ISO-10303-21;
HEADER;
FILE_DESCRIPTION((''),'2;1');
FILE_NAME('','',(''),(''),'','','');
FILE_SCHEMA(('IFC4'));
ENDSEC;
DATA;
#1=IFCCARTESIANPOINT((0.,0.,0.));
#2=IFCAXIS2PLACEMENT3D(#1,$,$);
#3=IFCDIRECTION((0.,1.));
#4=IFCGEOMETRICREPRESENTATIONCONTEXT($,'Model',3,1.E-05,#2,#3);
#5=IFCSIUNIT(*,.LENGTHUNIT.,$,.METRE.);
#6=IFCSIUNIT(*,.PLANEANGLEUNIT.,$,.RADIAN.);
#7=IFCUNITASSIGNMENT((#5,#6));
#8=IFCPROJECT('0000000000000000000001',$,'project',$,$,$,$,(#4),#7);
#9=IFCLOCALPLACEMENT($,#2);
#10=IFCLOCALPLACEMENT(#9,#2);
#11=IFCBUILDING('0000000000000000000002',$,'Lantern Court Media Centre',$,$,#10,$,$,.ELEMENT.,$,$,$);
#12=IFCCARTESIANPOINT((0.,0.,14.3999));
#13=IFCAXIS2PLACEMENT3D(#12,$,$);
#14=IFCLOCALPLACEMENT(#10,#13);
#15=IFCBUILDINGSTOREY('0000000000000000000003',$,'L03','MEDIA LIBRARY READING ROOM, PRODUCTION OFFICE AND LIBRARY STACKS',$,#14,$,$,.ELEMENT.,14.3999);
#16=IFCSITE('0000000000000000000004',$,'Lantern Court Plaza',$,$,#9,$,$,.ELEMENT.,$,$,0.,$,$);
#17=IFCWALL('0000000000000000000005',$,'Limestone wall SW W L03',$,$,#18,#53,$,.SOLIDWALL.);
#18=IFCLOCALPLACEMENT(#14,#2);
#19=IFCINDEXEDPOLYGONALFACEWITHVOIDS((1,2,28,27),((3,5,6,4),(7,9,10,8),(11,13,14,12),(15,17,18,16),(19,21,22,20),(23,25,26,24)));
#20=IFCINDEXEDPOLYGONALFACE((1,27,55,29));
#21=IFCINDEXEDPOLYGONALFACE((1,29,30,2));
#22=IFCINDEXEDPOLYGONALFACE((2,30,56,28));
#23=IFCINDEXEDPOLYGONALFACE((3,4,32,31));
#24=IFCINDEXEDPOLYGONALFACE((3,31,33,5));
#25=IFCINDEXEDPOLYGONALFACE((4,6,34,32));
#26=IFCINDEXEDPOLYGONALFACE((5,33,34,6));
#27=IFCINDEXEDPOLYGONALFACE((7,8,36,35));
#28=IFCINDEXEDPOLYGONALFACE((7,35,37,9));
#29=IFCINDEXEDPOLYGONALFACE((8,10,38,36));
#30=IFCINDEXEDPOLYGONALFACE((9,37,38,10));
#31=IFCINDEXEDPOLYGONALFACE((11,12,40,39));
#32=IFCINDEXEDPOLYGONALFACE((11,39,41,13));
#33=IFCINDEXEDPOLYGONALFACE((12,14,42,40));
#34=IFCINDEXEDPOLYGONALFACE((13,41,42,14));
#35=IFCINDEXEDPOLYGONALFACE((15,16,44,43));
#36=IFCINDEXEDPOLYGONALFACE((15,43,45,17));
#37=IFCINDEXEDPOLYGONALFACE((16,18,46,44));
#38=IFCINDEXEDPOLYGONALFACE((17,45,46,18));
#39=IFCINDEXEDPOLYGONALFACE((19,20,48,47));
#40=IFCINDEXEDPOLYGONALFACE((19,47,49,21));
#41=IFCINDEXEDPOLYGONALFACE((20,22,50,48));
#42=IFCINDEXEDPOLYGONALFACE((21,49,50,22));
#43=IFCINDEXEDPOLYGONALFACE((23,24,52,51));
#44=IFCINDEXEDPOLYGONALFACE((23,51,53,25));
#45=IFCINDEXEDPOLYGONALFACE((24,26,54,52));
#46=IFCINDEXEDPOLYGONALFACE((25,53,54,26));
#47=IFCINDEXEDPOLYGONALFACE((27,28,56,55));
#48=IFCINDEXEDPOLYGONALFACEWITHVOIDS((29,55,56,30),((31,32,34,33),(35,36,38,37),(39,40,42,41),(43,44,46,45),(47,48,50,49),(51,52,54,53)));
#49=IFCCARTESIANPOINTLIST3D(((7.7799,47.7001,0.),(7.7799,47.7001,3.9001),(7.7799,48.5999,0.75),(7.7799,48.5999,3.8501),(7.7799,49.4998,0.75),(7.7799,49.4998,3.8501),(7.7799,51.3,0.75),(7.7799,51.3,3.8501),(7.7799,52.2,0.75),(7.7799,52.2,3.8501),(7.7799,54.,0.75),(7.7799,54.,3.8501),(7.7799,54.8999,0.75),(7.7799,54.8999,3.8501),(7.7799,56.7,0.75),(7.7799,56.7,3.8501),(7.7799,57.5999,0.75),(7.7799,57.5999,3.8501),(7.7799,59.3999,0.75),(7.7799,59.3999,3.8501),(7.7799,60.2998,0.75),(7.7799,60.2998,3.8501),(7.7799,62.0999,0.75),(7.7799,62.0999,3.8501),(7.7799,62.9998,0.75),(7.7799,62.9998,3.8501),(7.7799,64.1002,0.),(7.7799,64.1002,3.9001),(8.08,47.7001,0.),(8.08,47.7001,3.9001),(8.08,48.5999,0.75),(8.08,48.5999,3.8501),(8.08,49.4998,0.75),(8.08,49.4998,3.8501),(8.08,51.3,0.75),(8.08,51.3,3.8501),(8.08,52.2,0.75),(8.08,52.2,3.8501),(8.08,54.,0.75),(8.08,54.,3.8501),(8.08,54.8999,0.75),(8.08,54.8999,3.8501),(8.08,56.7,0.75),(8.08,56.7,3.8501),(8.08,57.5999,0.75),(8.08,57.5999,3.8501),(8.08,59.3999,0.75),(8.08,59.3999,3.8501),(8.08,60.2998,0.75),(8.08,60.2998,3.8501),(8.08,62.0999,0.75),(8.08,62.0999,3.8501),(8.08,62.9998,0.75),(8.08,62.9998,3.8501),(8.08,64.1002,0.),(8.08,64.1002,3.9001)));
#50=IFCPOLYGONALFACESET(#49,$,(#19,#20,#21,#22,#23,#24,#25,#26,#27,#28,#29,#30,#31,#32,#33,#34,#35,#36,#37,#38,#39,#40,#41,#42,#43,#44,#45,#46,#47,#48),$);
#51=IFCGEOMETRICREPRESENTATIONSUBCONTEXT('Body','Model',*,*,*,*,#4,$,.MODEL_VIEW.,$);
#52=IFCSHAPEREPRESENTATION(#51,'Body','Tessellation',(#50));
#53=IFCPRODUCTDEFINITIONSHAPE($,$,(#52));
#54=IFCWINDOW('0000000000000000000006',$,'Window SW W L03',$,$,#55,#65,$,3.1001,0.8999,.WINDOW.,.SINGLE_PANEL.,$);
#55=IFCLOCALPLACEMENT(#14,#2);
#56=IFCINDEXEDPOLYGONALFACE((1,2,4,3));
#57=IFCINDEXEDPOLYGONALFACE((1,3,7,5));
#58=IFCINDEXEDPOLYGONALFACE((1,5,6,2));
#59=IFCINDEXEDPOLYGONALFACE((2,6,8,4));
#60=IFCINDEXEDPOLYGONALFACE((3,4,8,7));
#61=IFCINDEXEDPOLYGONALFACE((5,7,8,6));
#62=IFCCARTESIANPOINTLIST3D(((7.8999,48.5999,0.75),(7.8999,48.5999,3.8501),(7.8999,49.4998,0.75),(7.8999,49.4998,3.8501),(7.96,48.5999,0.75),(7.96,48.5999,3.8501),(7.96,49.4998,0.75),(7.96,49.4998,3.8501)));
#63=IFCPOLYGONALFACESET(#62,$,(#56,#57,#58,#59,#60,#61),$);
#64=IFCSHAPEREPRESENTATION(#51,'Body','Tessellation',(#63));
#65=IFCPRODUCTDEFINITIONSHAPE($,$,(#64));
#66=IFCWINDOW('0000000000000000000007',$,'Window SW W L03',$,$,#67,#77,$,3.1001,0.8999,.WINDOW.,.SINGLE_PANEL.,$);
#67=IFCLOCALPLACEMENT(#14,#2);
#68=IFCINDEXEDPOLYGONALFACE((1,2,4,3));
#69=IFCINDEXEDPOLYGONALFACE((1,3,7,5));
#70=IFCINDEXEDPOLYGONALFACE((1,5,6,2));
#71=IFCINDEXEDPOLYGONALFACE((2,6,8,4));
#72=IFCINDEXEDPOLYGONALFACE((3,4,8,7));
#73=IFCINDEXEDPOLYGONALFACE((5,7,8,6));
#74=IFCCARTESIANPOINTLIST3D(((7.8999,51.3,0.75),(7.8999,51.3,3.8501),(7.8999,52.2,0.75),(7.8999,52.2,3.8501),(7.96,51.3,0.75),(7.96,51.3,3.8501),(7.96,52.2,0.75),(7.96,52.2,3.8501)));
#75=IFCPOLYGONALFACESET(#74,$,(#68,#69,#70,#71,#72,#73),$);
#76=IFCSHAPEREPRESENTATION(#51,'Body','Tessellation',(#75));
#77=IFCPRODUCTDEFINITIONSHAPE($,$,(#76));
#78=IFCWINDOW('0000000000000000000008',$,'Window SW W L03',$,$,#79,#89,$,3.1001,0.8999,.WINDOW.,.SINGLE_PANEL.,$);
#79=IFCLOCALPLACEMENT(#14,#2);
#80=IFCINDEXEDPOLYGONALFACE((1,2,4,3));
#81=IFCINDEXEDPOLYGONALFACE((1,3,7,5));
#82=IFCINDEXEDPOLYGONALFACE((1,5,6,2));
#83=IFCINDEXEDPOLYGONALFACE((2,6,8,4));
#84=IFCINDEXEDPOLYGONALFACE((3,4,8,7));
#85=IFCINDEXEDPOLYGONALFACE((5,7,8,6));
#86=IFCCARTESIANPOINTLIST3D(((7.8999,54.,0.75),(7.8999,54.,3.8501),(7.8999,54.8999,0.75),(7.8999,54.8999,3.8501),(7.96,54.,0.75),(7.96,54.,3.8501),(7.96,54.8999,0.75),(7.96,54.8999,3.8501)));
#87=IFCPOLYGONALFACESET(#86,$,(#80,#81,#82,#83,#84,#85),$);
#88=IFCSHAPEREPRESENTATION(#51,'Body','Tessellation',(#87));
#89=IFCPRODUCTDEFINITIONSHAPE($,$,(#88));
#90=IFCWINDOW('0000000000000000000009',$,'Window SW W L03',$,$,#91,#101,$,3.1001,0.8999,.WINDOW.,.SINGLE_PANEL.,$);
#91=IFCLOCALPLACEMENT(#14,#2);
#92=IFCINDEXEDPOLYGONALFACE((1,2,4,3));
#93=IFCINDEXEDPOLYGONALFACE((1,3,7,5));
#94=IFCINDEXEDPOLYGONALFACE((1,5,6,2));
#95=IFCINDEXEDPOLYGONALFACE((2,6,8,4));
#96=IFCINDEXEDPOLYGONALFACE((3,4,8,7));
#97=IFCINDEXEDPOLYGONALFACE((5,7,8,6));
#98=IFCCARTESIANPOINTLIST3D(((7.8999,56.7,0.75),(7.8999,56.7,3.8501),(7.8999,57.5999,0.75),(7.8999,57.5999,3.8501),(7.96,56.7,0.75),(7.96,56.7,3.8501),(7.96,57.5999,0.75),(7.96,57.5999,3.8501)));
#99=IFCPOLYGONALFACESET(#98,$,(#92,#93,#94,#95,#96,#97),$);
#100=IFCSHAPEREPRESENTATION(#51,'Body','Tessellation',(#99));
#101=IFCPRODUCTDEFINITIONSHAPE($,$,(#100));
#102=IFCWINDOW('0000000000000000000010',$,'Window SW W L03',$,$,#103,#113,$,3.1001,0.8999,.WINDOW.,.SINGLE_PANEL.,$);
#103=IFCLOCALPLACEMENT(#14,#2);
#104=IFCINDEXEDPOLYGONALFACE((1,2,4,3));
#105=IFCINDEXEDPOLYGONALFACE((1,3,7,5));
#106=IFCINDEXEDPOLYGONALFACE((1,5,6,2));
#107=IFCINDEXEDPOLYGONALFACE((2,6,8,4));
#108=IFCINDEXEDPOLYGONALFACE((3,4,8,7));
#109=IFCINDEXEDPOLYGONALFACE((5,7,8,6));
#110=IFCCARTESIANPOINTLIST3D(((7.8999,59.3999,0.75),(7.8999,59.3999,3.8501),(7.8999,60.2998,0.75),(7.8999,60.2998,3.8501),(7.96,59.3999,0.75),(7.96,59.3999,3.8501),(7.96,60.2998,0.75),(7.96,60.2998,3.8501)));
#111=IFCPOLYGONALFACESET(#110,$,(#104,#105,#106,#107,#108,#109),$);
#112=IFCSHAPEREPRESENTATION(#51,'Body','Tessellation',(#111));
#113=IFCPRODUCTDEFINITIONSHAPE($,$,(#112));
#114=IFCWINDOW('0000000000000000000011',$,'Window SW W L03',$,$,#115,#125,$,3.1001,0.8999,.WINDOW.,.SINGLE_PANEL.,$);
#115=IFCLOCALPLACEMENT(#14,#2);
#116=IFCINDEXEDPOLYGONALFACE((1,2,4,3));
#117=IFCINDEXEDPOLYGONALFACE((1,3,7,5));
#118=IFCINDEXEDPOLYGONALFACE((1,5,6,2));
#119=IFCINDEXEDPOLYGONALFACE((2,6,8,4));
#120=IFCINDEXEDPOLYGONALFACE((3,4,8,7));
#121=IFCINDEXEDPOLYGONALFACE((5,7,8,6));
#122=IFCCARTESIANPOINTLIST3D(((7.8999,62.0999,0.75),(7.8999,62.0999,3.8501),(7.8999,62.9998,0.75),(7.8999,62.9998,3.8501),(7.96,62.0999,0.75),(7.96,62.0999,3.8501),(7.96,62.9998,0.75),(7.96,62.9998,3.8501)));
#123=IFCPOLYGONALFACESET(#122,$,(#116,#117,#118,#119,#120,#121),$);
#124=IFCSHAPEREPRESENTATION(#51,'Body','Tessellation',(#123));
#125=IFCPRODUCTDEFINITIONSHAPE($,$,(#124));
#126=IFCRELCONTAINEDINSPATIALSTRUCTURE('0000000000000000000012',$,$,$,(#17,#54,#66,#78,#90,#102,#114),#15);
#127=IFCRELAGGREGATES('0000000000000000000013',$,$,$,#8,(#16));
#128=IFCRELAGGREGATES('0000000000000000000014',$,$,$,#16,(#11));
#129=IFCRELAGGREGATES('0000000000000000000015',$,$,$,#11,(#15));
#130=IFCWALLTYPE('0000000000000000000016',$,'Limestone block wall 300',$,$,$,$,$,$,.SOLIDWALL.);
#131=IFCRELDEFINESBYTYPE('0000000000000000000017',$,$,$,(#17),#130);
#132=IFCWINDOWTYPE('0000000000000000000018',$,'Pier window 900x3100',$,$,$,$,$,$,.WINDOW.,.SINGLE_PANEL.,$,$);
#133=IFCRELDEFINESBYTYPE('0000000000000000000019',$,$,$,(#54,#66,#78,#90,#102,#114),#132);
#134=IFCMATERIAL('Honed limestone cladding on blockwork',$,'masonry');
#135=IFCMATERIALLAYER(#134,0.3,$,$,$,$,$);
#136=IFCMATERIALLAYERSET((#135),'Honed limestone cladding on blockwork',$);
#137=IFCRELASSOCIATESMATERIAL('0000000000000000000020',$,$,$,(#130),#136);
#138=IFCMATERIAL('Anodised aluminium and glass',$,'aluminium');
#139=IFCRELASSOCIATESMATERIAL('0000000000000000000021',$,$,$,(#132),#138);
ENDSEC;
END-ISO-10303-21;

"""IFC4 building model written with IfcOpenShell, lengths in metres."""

from ifc_helpers import new_model, si_unit, direction, frame, frame_2d, origin, place, context, subcontext, project, spatial, rectangle, extrude, material, layer, layer_set, type_object, element, fill, save


model = new_model("IFC4")

# Units and contexts
model_context = context("Model", 3, precision=1e-05, world=origin(), true_north=direction((0.0, 1.0)))
body_context = subcontext(model_context, "Body", "Model", "MODEL_VIEW")
ifc_project = project(units=[si_unit("LENGTHUNIT", "METRE"), si_unit("PLANEANGLEUNIT", "RADIAN")], contexts=[model_context])

# Site, building, storey
site_placement = place(None, origin())
site = spatial("IfcSite", under=ifc_project, at=site_placement, Name="Lantern Court Plaza", CompositionType="ELEMENT", RefElevation=0.0)
building_placement = place(site_placement, origin())
building = spatial("IfcBuilding", under=site, at=building_placement, Name="Lantern Court Media Centre", CompositionType="ELEMENT")
storey_placement = place(building_placement, frame((0.0, 0.0, 14.3999)))
storey = spatial("IfcBuildingStorey", under=building, at=storey_placement, Name="L03", Description="MEDIA LIBRARY READING ROOM, PRODUCTION OFFICE AND LIBRARY STACKS", CompositionType="ELEMENT", Elevation=14.3999)

# Wall, openings, windows
ifc_material_1 = material(Name="Honed limestone cladding on blockwork", Category="masonry")
ifc_layer_1 = layer(ifc_material_1, 0.3)
ifc_layer_set_1 = layer_set([ifc_layer_1], Name="Honed limestone cladding on blockwork")
wall_type_1 = type_object("IfcWallType", Name="Limestone block wall 300", PredefinedType="SOLIDWALL", material=ifc_layer_set_1)
wall_1_placement = place(storey_placement, frame((7.9299, 47.7, 0.0), z_axis=(0.0, 0.0, 1.0), x_axis=(0.0, 1.0, 0.0)))
wall_1 = element("IfcWall", 1, at=wall_1_placement, inside=storey, type_object=wall_type_1, Name="Limestone wall SW W L03", PredefinedType="SOLIDWALL", context=body_context, shape_type="SweptSolid", body=[
    extrude(rectangle(XDim=16.4001, YDim=0.3, at=frame_2d((8.2002, 0.0))), origin(), (0.0, 0.0, 1.0), 3.9001),
])
opening_1_placement = place(wall_1_placement, frame((0.8999, 0.0, 0.75)))
opening_1 = element("IfcOpeningElement", 2, at=opening_1_placement, cuts=wall_1, PredefinedType="OPENING", context=body_context, shape_type="SweptSolid", body=[
    extrude(rectangle(XDim=0.8999, YDim=3.1001, at=frame_2d((0.45, 1.55))), frame((0.0, 0.1599, 0.0), z_axis=(0.0, -1.0, 0.0), x_axis=(1.0, 0.0, 0.0)), (0.0, 0.0, 1.0), 0.3201),
])
opening_2_placement = place(wall_1_placement, frame((3.6001, 0.0, 0.75)))
opening_2 = element("IfcOpeningElement", 3, at=opening_2_placement, cuts=wall_1, PredefinedType="OPENING", context=body_context, shape_type="SweptSolid", body=[
    extrude(rectangle(XDim=0.8999, YDim=3.1001, at=frame_2d((0.45, 1.55))), frame((0.0, 0.1599, 0.0), z_axis=(0.0, -1.0, 0.0), x_axis=(1.0, 0.0, 0.0)), (0.0, 0.0, 1.0), 0.3201),
])
opening_3_placement = place(wall_1_placement, frame((6.3, 0.0, 0.75)))
opening_3 = element("IfcOpeningElement", 4, at=opening_3_placement, cuts=wall_1, PredefinedType="OPENING", context=body_context, shape_type="SweptSolid", body=[
    extrude(rectangle(XDim=0.8999, YDim=3.1001, at=frame_2d((0.45, 1.55))), frame((0.0, 0.1599, 0.0), z_axis=(0.0, -1.0, 0.0), x_axis=(1.0, 0.0, 0.0)), (0.0, 0.0, 1.0), 0.3201),
])
opening_4_placement = place(wall_1_placement, frame((9.0, 0.0, 0.75)))
opening_4 = element("IfcOpeningElement", 5, at=opening_4_placement, cuts=wall_1, PredefinedType="OPENING", context=body_context, shape_type="SweptSolid", body=[
    extrude(rectangle(XDim=0.8999, YDim=3.1001, at=frame_2d((0.45, 1.55))), frame((0.0, 0.1599, 0.0), z_axis=(0.0, -1.0, 0.0), x_axis=(1.0, 0.0, 0.0)), (0.0, 0.0, 1.0), 0.3201),
])
opening_5_placement = place(wall_1_placement, frame((11.7, 0.0, 0.75)))
opening_5 = element("IfcOpeningElement", 6, at=opening_5_placement, cuts=wall_1, PredefinedType="OPENING", context=body_context, shape_type="SweptSolid", body=[
    extrude(rectangle(XDim=0.8999, YDim=3.1001, at=frame_2d((0.45, 1.55))), frame((0.0, 0.1599, 0.0), z_axis=(0.0, -1.0, 0.0), x_axis=(1.0, 0.0, 0.0)), (0.0, 0.0, 1.0), 0.3201),
])
opening_6_placement = place(wall_1_placement, frame((14.3999, 0.0, 0.75)))
opening_6 = element("IfcOpeningElement", 7, at=opening_6_placement, cuts=wall_1, PredefinedType="OPENING", context=body_context, shape_type="SweptSolid", body=[
    extrude(rectangle(XDim=0.8999, YDim=3.1001, at=frame_2d((0.45, 1.55))), frame((0.0, 0.1599, 0.0), z_axis=(0.0, -1.0, 0.0), x_axis=(1.0, 0.0, 0.0)), (0.0, 0.0, 1.0), 0.3201),
])
ifc_material_2 = material(Name="Anodised aluminium and glass", Category="aluminium")
window_type_1 = type_object("IfcWindowType", Name="Pier window 900x3100", PartitioningType="SINGLE_PANEL", PredefinedType="WINDOW", material=ifc_material_2)
window_1_placement = place(opening_1_placement, origin())
window_1 = element("IfcWindow", 8, at=window_1_placement, inside=storey, type_object=window_type_1, Name="Window SW W L03", OverallHeight=3.1001, OverallWidth=0.8999, PartitioningType="SINGLE_PANEL", PredefinedType="WINDOW", context=body_context, shape_type="SweptSolid", body=[
    extrude(rectangle(XDim=0.8999, YDim=3.1001, at=frame_2d((0.45, 1.55))), frame((0.0, 0.03, 0.0), z_axis=(0.0, -1.0, 0.0), x_axis=(1.0, 0.0, 0.0)), (0.0, 0.0, 1.0), 0.0601),
])
fill(opening_1, window_1)
window_2_placement = place(opening_2_placement, origin())
window_2 = element("IfcWindow", 9, at=window_2_placement, inside=storey, type_object=window_type_1, Name="Window SW W L03", OverallHeight=3.1001, OverallWidth=0.8999, PartitioningType="SINGLE_PANEL", PredefinedType="WINDOW", context=body_context, shape_type="SweptSolid", body=[
    extrude(rectangle(XDim=0.8999, YDim=3.1001, at=frame_2d((0.45, 1.55))), frame((0.0, 0.03, 0.0), z_axis=(0.0, -1.0, 0.0), x_axis=(1.0, 0.0, 0.0)), (0.0, 0.0, 1.0), 0.0601),
])
fill(opening_2, window_2)
window_3_placement = place(opening_3_placement, origin())
window_3 = element("IfcWindow", 10, at=window_3_placement, inside=storey, type_object=window_type_1, Name="Window SW W L03", OverallHeight=3.1001, OverallWidth=0.8999, PartitioningType="SINGLE_PANEL", PredefinedType="WINDOW", context=body_context, shape_type="SweptSolid", body=[
    extrude(rectangle(XDim=0.8999, YDim=3.1001, at=frame_2d((0.45, 1.55))), frame((0.0, 0.03, 0.0), z_axis=(0.0, -1.0, 0.0), x_axis=(1.0, 0.0, 0.0)), (0.0, 0.0, 1.0), 0.0601),
])
fill(opening_3, window_3)
window_4_placement = place(opening_4_placement, origin())
window_4 = element("IfcWindow", 11, at=window_4_placement, inside=storey, type_object=window_type_1, Name="Window SW W L03", OverallHeight=3.1001, OverallWidth=0.8999, PartitioningType="SINGLE_PANEL", PredefinedType="WINDOW", context=body_context, shape_type="SweptSolid", body=[
    extrude(rectangle(XDim=0.8999, YDim=3.1001, at=frame_2d((0.45, 1.55))), frame((0.0, 0.03, 0.0), z_axis=(0.0, -1.0, 0.0), x_axis=(1.0, 0.0, 0.0)), (0.0, 0.0, 1.0), 0.0601),
])
fill(opening_4, window_4)
window_5_placement = place(opening_5_placement, origin())
window_5 = element("IfcWindow", 12, at=window_5_placement, inside=storey, type_object=window_type_1, Name="Window SW W L03", OverallHeight=3.1001, OverallWidth=0.8999, PartitioningType="SINGLE_PANEL", PredefinedType="WINDOW", context=body_context, shape_type="SweptSolid", body=[
    extrude(rectangle(XDim=0.8999, YDim=3.1001, at=frame_2d((0.45, 1.55))), frame((0.0, 0.03, 0.0), z_axis=(0.0, -1.0, 0.0), x_axis=(1.0, 0.0, 0.0)), (0.0, 0.0, 1.0), 0.0601),
])
fill(opening_5, window_5)
window_6_placement = place(opening_6_placement, origin())
window_6 = element("IfcWindow", 13, at=window_6_placement, inside=storey, type_object=window_type_1, Name="Window SW W L03", OverallHeight=3.1001, OverallWidth=0.8999, PartitioningType="SINGLE_PANEL", PredefinedType="WINDOW", context=body_context, shape_type="SweptSolid", body=[
    extrude(rectangle(XDim=0.8999, YDim=3.1001, at=frame_2d((0.45, 1.55))), frame((0.0, 0.03, 0.0), z_axis=(0.0, -1.0, 0.0), x_axis=(1.0, 0.0, 0.0)), (0.0, 0.0, 1.0), 0.0601),
])
fill(opening_6, window_6)

save(model, "model.ifc")
